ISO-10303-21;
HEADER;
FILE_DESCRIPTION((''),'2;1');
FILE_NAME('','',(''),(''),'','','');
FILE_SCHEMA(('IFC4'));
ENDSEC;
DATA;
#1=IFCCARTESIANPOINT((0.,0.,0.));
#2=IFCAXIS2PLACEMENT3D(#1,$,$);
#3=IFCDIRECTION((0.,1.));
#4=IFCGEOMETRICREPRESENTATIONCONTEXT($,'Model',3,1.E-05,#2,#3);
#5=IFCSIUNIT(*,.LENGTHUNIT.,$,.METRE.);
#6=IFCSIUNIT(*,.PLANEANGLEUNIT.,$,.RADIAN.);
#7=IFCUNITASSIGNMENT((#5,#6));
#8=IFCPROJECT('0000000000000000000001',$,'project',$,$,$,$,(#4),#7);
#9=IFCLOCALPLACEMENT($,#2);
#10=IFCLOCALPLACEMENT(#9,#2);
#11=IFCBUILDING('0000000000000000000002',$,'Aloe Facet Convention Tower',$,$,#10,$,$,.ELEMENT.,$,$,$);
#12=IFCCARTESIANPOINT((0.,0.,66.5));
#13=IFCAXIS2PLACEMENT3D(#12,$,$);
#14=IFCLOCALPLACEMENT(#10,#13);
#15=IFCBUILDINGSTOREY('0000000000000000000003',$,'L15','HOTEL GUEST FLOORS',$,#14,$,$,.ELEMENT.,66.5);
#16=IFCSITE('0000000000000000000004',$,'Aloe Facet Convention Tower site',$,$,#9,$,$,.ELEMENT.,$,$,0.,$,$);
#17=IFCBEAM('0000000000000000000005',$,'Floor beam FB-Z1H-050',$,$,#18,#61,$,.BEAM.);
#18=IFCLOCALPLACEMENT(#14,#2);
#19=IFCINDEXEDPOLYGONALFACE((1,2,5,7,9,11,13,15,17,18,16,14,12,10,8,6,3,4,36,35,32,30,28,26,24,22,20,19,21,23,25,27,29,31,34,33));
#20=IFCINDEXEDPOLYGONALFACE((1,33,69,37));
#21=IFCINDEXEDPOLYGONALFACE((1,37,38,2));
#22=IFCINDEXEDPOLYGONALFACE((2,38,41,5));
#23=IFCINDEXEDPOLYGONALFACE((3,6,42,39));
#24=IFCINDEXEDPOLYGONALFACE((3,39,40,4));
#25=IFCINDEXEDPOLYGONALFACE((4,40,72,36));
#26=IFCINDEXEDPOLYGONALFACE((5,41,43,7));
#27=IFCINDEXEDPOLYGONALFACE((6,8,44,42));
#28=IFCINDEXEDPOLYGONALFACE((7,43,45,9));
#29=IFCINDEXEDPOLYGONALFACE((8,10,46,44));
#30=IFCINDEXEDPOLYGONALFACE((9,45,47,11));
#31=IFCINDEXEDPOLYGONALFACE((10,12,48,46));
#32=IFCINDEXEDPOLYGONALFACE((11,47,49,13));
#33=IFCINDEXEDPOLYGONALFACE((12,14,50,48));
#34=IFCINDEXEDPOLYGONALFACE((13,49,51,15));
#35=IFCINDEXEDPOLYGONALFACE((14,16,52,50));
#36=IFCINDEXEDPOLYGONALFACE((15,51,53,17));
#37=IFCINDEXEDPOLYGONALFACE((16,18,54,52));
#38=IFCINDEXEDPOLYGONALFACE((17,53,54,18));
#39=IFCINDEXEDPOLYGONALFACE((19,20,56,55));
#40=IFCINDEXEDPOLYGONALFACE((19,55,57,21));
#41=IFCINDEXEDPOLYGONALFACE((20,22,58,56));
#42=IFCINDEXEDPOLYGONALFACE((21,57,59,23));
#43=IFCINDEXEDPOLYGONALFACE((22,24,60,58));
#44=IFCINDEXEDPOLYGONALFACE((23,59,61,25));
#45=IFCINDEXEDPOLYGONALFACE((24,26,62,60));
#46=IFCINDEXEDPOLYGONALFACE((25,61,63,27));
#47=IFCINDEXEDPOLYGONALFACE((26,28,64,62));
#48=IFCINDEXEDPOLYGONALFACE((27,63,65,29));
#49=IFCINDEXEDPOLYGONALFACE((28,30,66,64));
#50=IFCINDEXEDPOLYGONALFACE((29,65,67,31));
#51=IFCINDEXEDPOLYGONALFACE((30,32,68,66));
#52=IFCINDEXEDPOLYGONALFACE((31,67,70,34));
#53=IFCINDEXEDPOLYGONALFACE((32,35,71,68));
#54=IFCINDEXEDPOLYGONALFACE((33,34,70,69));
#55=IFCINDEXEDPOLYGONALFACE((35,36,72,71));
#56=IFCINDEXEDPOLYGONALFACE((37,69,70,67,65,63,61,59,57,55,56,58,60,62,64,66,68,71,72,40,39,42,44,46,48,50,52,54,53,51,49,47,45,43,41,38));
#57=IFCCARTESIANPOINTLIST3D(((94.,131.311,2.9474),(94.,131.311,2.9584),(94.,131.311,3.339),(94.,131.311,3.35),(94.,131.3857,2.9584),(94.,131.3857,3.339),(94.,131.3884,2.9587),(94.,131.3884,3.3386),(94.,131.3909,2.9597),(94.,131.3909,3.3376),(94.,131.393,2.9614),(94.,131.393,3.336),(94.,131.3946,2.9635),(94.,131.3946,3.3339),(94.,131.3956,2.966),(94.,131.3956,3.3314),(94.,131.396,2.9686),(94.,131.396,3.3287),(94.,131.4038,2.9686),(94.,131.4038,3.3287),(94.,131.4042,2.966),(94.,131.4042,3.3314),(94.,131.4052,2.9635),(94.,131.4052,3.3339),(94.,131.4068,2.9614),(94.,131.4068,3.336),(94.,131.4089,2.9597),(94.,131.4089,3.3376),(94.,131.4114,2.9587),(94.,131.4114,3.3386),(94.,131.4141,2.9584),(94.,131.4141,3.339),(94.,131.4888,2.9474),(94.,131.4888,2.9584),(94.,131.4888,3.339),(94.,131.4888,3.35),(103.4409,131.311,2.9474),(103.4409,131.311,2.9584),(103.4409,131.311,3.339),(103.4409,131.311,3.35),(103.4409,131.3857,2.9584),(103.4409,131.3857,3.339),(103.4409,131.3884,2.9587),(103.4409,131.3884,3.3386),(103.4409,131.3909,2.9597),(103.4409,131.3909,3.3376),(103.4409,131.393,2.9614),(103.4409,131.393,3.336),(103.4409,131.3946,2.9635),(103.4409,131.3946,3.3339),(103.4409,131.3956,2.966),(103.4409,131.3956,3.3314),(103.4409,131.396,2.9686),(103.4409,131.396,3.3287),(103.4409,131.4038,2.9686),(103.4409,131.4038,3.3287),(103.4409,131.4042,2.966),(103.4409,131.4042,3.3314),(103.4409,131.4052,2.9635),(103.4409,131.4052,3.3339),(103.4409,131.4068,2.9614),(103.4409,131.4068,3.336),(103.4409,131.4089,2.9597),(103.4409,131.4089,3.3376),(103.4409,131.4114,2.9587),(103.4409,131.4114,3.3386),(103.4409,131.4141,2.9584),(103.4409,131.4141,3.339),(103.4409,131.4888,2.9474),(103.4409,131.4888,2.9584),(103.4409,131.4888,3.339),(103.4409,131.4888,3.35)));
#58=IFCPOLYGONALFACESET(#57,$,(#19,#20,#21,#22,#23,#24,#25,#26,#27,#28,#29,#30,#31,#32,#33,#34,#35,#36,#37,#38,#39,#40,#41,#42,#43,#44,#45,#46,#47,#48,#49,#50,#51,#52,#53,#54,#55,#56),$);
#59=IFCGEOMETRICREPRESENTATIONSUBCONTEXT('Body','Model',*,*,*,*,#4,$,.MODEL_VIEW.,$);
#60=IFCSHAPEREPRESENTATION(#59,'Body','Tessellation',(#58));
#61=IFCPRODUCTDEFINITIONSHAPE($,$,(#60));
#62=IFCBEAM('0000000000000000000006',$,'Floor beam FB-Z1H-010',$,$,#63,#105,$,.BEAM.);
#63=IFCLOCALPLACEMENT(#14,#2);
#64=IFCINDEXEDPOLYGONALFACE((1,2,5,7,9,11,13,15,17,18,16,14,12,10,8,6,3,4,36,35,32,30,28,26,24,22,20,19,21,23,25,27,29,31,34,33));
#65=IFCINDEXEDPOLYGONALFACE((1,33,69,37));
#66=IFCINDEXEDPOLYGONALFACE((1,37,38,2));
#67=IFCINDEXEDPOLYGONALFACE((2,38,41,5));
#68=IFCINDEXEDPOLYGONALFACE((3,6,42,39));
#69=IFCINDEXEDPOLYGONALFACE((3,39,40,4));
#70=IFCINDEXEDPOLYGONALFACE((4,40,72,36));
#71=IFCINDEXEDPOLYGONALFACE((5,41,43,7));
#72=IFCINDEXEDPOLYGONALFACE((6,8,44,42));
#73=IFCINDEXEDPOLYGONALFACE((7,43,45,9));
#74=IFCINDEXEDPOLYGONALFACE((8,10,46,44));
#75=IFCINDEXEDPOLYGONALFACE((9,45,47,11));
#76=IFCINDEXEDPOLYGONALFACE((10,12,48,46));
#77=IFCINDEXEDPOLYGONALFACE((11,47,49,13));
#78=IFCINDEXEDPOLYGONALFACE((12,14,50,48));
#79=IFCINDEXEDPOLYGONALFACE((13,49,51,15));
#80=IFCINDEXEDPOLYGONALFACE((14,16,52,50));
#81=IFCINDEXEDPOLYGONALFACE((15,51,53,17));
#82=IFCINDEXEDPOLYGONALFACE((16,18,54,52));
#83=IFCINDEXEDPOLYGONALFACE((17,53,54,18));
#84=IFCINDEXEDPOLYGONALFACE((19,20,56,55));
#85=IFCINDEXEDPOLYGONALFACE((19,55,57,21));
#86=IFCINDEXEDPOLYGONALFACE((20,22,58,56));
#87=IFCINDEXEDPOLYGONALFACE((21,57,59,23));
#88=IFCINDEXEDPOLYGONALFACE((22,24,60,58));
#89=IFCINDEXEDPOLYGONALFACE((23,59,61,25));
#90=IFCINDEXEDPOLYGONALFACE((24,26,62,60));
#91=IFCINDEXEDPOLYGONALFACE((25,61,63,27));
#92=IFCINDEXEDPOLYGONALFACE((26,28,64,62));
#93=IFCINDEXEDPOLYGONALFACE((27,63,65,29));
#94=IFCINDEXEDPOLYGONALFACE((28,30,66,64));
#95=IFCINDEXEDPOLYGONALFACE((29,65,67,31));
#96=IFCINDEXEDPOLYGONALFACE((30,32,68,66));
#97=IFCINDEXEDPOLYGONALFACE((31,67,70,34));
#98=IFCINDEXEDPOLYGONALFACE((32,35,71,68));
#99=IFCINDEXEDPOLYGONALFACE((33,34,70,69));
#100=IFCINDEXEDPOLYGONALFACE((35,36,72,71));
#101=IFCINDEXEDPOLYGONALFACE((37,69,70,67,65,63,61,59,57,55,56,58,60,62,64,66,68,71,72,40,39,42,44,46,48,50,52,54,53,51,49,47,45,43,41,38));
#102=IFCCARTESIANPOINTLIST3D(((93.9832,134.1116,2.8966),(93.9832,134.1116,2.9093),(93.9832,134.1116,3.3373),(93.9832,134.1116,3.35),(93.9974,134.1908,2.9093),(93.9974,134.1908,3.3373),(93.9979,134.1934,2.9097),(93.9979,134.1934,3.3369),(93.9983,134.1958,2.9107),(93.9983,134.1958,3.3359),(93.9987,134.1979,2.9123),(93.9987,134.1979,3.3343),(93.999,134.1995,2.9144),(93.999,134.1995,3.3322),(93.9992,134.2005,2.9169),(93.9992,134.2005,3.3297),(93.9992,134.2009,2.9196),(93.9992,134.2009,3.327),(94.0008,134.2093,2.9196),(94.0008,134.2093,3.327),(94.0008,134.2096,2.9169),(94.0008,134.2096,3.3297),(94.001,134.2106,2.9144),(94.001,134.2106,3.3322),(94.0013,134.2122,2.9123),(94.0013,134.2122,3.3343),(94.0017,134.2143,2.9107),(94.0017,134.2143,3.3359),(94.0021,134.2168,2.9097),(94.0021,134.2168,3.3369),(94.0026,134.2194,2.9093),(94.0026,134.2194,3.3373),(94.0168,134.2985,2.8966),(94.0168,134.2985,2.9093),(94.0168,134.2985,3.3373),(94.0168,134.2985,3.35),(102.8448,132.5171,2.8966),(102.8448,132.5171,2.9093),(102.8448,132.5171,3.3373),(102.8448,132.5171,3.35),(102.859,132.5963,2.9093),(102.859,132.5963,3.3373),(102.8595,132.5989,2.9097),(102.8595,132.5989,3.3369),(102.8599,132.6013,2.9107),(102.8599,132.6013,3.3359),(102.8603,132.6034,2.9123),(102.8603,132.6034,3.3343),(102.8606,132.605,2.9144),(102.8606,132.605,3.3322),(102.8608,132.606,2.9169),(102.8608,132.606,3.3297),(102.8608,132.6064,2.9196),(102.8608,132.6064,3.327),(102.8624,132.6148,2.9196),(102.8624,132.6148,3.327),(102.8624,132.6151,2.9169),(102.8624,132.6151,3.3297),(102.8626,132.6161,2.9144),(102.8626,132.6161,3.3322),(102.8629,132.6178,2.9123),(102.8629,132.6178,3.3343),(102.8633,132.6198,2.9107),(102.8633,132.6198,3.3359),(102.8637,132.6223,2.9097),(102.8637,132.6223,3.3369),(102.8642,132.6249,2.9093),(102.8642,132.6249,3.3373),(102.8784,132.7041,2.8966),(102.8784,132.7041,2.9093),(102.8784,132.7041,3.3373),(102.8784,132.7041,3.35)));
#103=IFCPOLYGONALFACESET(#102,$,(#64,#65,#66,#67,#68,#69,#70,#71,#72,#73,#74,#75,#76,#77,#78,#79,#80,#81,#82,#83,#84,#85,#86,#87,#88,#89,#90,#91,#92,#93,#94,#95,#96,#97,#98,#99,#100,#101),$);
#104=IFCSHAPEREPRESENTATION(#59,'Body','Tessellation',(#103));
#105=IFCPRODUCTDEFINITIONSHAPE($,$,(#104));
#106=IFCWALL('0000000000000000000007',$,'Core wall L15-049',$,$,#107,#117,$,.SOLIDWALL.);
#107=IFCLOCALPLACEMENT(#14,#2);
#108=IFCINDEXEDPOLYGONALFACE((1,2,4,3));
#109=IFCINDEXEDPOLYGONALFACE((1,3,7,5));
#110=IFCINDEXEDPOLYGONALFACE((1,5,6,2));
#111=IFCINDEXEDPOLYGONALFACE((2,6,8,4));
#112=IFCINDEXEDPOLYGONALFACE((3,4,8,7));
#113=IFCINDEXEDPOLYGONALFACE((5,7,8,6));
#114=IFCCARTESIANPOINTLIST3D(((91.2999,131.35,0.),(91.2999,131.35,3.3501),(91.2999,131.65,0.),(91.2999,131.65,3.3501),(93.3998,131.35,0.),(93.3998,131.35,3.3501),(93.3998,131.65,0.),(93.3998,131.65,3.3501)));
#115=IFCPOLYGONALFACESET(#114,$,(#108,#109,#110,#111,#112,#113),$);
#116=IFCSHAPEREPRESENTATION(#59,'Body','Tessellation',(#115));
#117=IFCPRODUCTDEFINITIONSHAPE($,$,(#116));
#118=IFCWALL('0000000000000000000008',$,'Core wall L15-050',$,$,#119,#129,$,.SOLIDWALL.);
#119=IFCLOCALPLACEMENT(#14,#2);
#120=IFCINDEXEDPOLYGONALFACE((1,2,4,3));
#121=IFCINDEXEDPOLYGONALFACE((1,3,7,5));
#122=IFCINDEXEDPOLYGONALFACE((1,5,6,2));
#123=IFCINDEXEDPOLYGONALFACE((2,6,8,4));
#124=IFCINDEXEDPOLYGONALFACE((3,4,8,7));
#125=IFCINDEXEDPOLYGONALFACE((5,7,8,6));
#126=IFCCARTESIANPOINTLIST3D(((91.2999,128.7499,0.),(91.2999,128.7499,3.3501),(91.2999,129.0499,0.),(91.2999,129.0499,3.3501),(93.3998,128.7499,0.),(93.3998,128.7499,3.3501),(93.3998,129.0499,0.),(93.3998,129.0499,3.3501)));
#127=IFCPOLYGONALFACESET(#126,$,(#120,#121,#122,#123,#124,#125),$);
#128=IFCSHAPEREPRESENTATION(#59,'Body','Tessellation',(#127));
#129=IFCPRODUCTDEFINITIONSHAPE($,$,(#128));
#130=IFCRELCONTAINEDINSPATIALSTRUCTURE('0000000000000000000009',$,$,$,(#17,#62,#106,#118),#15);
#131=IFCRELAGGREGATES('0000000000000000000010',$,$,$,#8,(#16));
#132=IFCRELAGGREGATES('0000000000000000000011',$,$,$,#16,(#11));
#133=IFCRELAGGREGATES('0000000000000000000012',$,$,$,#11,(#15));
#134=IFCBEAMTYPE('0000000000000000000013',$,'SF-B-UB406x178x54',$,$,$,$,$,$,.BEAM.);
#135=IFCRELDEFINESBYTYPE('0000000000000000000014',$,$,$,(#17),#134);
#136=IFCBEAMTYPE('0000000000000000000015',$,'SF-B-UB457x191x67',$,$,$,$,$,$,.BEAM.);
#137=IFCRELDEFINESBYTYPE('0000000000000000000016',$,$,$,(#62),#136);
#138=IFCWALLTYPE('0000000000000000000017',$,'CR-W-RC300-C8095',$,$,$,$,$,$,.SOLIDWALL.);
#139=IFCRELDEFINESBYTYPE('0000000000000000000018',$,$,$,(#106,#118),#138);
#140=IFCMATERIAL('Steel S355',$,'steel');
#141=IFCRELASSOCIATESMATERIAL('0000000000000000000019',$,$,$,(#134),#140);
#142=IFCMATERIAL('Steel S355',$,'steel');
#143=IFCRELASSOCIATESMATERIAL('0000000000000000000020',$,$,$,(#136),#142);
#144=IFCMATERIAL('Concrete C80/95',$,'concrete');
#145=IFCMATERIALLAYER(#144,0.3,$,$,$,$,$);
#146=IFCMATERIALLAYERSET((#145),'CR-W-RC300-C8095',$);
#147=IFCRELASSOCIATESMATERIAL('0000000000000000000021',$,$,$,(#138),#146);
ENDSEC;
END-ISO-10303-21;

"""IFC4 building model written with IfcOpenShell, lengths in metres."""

from ifc_helpers import new_model, si_unit, direction, frame, frame_2d, origin, origin_2d, place, context, subcontext, project, spatial, rectangle, i_section, extrude, material, layer, layer_set, material_profile, profile_set, type_object, element, save


model = new_model("IFC4")

# Units and contexts
model_context = context("Model", 3, precision=1e-05, world=origin(), true_north=direction((0.0, 1.0)))
body_context = subcontext(model_context, "Body", "Model", "MODEL_VIEW")
ifc_project = project(units=[si_unit("LENGTHUNIT", "METRE"), si_unit("PLANEANGLEUNIT", "RADIAN")], contexts=[model_context])

# Site, building, storey
site_placement = place(None, origin())
site = spatial("IfcSite", under=ifc_project, at=site_placement, Name="Aloe Facet Convention Tower site", CompositionType="ELEMENT", RefElevation=0.0)
building_placement = place(site_placement, origin())
building = spatial("IfcBuilding", under=site, at=building_placement, Name="Aloe Facet Convention Tower", CompositionType="ELEMENT")
storey_placement = place(building_placement, frame((0.0, 0.0, 66.5)))
storey = spatial("IfcBuildingStorey", under=building, at=storey_placement, Name="L15", Description="HOTEL GUEST FLOORS", CompositionType="ELEMENT", Elevation=66.5)

# Beams
ifc_material_1 = material(Name="Steel S355", Category="steel")
ifc_material_profile_1 = material_profile(ifc_material_1, i_section(OverallWidth=0.1777, OverallDepth=0.4026, WebThickness=0.0078, FlangeThickness=0.011, FilletRadius=0.0103, at=origin_2d()), Name="UB 406x178x54")
ifc_profile_set_1 = profile_set([ifc_material_profile_1], Name="Steel S355")
beam_type_1 = type_object("IfcBeamType", Name="SF-B-UB406x178x54", PredefinedType="BEAM", material=ifc_profile_set_1)
beam_1_placement = place(storey_placement, frame((94.0, 131.3999, 3.1487), z_axis=(1.0, 0.0, 0.0), x_axis=(0.0, 1.0, 0.0)))
element("IfcBeam", 1, at=beam_1_placement, inside=storey, type_object=beam_type_1, Name="Floor beam FB-Z1H-050", PredefinedType="BEAM", context=body_context, shape_type="SweptSolid", body=[
    extrude(i_section(OverallWidth=0.1777, OverallDepth=0.4026, WebThickness=0.0078, FlangeThickness=0.011, FilletRadius=0.0103, at=origin_2d()), origin(), (0.0, 0.0, 1.0), 9.4409),
])
ifc_material_2 = material(Name="Steel S355", Category="steel")
ifc_material_profile_2 = material_profile(ifc_material_2, i_section(OverallWidth=0.1899, OverallDepth=0.4534, WebThickness=0.0085, FlangeThickness=0.0127, FilletRadius=0.0103, at=origin_2d()), Name="UB 457x191x67")
ifc_profile_set_2 = profile_set([ifc_material_profile_2], Name="Steel S355")
beam_type_2 = type_object("IfcBeamType", Name="SF-B-UB457x191x67", PredefinedType="BEAM", material=ifc_profile_set_2)
beam_2_placement = place(storey_placement, frame((94.0, 134.2051, 3.1233), z_axis=(0.984195, -0.177088, 0.0), x_axis=(0.177088, 0.984195, 0.0)))
element("IfcBeam", 2, at=beam_2_placement, inside=storey, type_object=beam_type_2, Name="Floor beam FB-Z1H-010", PredefinedType="BEAM", context=body_context, shape_type="SweptSolid", body=[
    extrude(i_section(OverallWidth=0.1899, OverallDepth=0.4534, WebThickness=0.0085, FlangeThickness=0.0127, FilletRadius=0.0103, at=origin_2d()), origin(), (0.0, 0.0, 1.0), 9.0039),
])

# Walls
ifc_material_3 = material(Name="Concrete C80/95", Category="concrete")
ifc_layer_1 = layer(ifc_material_3, 0.3)
ifc_layer_set_1 = layer_set([ifc_layer_1], Name="CR-W-RC300-C8095")
wall_type_1 = type_object("IfcWallType", Name="CR-W-RC300-C8095", PredefinedType="SOLIDWALL", material=ifc_layer_set_1)
for number, where, z_axis, x_axis, name in (
    (3, (91.3, 131.5, 0.0), (0.0, 0.0, 1.0), (1.0, 0.0, 0.0), "Core wall L15-049"),
    (4, (91.3, 128.8999, 0.0), (0.0, 0.0, 1.0), (1.0, 0.0, 0.0), "Core wall L15-050"),
):
    element("IfcWall", number, at=place(storey_placement, frame(where, z_axis=z_axis, x_axis=x_axis)), inside=storey, type_object=wall_type_1, Name=name, PredefinedType="SOLIDWALL", context=body_context, shape_type="SweptSolid", body=[
        extrude(rectangle(XDim=2.0999, YDim=0.3, at=frame_2d((1.0498, 0.0))), origin(), (0.0, 0.0, 1.0), 3.3501),
    ])

save(model, "model.ifc")
